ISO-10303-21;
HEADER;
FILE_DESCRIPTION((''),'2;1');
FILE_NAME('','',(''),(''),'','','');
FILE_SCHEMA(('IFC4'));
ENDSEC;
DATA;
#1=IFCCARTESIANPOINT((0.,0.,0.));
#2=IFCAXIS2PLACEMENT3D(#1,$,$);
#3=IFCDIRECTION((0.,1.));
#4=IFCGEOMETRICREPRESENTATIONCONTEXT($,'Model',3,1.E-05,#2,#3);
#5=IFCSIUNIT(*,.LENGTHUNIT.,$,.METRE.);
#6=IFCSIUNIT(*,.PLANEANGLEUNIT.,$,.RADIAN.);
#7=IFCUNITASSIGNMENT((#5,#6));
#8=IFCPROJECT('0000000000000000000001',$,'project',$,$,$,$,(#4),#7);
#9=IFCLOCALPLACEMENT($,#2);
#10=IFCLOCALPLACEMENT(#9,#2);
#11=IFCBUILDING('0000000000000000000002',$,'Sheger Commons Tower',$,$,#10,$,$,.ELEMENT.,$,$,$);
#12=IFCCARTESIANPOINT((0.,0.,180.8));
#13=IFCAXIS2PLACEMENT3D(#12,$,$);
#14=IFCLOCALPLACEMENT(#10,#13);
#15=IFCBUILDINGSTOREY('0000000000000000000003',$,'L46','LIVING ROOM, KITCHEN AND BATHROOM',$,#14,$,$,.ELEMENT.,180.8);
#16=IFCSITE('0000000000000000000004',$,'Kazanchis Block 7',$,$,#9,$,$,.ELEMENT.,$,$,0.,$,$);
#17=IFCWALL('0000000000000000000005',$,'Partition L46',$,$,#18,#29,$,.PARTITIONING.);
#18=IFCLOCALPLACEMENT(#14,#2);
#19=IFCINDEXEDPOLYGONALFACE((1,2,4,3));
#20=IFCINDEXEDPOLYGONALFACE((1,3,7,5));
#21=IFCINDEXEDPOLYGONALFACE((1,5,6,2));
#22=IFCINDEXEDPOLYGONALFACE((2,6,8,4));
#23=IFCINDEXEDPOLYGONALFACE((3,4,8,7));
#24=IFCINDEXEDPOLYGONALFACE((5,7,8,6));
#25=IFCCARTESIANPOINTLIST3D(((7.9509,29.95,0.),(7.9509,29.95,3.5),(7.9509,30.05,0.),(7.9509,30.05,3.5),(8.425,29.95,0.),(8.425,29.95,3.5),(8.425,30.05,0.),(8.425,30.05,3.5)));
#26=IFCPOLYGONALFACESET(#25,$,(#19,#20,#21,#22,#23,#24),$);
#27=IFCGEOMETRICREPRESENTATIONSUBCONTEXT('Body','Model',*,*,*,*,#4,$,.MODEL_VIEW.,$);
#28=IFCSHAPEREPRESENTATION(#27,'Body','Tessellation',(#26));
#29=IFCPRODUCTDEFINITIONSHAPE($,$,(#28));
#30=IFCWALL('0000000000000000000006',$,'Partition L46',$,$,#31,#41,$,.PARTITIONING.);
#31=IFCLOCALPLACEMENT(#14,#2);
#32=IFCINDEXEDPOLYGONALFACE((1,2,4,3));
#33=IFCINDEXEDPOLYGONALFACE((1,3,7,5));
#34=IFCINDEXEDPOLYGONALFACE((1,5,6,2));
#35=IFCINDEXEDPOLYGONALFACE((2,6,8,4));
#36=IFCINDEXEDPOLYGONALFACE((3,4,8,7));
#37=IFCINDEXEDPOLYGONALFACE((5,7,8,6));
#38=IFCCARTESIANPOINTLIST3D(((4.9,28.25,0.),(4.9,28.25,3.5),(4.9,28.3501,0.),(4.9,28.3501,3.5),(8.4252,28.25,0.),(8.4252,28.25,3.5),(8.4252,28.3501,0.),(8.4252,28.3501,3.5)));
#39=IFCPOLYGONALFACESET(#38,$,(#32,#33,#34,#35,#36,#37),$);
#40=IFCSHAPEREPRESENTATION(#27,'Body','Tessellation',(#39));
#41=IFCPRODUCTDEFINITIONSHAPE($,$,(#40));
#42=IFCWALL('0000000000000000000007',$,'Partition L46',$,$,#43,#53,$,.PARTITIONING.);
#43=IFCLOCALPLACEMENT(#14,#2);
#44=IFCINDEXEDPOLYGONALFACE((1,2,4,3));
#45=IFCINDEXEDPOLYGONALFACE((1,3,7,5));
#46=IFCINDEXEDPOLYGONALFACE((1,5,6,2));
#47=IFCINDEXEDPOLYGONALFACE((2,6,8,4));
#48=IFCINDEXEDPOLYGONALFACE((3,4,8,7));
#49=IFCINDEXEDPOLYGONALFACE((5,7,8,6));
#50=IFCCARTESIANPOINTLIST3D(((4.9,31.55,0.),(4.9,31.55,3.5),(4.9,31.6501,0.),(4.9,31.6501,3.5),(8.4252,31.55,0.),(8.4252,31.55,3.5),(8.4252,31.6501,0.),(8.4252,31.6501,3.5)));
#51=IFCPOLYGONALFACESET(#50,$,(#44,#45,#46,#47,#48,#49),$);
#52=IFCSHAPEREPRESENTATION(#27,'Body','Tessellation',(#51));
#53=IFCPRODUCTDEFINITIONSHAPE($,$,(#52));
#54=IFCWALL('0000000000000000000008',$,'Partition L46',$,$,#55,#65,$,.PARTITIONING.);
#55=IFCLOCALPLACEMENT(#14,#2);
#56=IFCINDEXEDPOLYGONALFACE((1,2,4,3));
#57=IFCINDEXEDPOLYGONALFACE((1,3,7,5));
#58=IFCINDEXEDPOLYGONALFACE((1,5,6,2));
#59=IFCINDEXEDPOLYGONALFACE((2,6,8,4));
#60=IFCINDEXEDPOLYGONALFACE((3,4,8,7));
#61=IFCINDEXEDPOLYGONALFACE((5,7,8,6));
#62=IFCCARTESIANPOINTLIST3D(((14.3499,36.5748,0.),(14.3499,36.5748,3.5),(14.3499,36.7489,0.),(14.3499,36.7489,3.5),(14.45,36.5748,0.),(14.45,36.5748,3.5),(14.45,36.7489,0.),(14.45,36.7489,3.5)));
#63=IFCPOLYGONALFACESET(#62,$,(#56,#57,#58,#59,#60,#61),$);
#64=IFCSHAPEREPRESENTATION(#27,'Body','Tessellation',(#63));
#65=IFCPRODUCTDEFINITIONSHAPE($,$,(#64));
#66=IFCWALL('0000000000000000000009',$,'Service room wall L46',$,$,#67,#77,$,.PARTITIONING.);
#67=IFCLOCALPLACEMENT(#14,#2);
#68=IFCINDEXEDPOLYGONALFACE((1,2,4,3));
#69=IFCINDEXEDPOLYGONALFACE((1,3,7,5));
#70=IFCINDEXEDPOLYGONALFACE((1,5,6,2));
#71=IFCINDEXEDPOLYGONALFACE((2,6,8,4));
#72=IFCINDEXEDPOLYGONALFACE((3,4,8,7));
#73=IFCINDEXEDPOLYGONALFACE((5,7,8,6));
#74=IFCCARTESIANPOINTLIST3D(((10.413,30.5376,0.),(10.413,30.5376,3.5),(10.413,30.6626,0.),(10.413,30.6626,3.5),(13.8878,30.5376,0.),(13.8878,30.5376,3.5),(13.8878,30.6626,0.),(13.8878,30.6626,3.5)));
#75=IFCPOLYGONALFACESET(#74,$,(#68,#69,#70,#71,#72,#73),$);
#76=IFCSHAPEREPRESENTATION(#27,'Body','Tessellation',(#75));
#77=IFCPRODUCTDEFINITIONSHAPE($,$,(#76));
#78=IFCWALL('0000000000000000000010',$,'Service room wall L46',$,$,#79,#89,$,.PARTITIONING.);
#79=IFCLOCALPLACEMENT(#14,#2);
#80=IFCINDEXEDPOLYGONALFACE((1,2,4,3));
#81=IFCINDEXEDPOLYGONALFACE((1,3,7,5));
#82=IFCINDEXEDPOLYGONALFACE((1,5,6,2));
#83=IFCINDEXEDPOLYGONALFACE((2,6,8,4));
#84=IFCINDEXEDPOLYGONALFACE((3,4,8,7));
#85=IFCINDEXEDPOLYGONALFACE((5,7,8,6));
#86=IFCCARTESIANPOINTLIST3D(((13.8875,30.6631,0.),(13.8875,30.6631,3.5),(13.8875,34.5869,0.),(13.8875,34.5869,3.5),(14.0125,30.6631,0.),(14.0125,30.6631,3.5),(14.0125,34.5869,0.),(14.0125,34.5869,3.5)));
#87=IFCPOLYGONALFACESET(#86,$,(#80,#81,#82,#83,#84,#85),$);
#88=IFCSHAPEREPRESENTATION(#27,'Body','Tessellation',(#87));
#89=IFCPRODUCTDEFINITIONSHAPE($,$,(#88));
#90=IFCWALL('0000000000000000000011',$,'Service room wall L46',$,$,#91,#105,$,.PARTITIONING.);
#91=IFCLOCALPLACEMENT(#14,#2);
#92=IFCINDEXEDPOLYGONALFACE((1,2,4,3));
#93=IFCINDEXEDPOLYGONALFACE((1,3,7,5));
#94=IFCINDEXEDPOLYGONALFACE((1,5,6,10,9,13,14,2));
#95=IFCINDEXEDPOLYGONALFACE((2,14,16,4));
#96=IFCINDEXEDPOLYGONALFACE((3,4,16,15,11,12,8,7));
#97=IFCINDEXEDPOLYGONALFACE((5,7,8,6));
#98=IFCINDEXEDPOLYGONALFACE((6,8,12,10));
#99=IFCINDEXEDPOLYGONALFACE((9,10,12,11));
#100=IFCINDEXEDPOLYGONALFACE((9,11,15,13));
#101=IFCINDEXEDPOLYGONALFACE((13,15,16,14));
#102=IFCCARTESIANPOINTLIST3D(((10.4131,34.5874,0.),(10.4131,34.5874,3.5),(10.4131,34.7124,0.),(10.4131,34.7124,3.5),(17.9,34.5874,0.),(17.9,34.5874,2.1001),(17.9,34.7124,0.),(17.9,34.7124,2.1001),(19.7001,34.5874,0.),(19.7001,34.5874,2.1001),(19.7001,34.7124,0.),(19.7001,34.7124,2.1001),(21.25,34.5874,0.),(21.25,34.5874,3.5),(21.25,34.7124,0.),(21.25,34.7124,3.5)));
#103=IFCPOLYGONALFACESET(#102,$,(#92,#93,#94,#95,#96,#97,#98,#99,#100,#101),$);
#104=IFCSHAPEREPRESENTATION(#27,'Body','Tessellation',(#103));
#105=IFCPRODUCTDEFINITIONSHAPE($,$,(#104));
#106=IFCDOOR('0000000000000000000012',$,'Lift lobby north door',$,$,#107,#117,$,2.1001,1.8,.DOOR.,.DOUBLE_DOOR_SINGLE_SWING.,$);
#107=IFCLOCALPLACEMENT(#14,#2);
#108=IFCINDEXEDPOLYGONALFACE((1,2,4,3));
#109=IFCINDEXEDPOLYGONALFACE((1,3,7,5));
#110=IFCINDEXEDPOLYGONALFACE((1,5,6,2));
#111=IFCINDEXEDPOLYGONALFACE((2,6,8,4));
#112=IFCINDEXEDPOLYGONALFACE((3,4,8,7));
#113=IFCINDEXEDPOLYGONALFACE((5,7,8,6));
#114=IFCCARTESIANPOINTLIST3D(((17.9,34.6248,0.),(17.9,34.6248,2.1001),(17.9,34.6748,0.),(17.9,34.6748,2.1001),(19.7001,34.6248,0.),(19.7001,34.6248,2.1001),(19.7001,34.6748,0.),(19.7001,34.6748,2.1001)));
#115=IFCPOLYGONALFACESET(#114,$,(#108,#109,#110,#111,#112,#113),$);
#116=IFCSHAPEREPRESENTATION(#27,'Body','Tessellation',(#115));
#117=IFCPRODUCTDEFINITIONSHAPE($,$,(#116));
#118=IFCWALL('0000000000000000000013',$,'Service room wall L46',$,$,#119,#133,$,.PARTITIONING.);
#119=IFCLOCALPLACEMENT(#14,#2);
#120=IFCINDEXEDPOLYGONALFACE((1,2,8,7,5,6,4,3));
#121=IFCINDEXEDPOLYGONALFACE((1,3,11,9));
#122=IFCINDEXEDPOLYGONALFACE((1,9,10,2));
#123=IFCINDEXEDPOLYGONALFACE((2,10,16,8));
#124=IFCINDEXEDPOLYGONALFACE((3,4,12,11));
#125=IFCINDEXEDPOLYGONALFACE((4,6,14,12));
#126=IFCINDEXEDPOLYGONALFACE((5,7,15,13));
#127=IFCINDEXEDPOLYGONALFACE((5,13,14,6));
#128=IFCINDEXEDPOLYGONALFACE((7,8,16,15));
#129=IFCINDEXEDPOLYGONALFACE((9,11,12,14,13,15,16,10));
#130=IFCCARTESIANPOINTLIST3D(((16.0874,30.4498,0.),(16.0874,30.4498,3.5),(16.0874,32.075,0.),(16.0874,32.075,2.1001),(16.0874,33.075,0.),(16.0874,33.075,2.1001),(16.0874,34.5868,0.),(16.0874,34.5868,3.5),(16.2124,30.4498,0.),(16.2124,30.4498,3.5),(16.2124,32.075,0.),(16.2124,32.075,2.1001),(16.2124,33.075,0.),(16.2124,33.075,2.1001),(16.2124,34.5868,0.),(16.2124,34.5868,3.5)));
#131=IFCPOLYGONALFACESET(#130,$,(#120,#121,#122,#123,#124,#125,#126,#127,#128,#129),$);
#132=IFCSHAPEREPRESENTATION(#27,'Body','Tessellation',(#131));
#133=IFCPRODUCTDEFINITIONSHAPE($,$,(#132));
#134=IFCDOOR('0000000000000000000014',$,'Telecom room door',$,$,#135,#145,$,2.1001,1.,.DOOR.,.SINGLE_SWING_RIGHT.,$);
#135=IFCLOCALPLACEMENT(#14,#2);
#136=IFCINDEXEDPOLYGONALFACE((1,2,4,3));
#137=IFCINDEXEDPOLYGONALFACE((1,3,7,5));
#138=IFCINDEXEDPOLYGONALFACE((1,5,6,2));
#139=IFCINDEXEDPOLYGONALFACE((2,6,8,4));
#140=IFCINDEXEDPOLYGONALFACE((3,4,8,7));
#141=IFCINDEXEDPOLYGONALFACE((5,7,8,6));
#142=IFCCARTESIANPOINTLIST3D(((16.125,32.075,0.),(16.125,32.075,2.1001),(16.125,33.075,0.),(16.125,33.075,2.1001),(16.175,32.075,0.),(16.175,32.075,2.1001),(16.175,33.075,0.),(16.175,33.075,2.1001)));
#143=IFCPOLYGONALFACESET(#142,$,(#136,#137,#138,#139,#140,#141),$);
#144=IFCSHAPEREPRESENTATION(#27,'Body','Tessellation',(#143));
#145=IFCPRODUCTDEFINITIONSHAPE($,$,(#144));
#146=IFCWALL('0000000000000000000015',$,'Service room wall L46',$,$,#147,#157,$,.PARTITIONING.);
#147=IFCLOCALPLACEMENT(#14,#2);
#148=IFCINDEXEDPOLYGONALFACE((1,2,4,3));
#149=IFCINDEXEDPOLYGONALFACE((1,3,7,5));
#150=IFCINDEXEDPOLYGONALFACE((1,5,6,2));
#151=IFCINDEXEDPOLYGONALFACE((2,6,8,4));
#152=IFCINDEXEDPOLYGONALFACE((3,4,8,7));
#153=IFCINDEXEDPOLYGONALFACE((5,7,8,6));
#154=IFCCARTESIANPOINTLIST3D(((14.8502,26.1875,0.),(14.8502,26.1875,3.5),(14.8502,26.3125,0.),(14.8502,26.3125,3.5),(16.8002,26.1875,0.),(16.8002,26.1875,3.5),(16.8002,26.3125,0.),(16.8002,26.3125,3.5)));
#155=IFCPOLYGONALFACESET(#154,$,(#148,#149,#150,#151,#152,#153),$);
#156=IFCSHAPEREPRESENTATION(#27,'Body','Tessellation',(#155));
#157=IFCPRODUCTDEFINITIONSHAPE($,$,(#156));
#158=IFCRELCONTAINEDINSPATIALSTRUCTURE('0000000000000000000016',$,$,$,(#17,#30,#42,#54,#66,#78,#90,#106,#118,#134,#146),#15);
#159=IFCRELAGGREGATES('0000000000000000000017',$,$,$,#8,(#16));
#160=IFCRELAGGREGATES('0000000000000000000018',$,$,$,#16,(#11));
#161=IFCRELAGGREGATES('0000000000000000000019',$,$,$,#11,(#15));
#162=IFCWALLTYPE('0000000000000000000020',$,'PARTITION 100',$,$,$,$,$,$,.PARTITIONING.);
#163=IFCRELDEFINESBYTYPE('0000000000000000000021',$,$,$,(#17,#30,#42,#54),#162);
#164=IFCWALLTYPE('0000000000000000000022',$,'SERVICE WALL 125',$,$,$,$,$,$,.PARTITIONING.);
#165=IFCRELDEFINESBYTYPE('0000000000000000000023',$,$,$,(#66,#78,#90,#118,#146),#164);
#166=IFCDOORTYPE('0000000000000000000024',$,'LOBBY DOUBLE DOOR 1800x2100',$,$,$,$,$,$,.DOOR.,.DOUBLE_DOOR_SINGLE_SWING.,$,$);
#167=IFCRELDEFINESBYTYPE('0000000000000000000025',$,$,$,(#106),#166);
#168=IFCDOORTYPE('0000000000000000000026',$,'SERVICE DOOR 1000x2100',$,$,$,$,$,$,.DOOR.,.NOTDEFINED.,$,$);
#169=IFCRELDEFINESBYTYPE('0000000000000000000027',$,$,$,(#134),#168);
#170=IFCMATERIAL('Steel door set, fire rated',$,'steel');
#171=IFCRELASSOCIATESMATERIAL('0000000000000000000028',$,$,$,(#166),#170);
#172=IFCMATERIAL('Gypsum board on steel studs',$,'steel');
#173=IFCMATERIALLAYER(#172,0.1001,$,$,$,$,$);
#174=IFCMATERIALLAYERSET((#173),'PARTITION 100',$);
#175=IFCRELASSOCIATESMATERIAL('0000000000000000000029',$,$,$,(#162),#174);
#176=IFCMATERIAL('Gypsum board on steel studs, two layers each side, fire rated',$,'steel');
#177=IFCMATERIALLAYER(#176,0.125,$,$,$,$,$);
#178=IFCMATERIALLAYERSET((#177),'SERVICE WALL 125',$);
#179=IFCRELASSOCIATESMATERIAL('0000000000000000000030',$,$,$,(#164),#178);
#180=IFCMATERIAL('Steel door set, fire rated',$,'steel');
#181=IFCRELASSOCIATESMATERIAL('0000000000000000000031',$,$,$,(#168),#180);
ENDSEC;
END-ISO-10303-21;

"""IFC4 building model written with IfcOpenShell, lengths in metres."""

from ifc_helpers import new_model, si_unit, direction, frame, frame_2d, origin, place, context, subcontext, project, spatial, rectangle, extrude, material, layer, layer_set, type_object, element, fill, save


model = new_model("IFC4")

# Units and contexts
model_context = context("Model", 3, precision=1e-05, world=origin(), true_north=direction((0.0, 1.0)))
body_context = subcontext(model_context, "Body", "Model", "MODEL_VIEW")
ifc_project = project(units=[si_unit("LENGTHUNIT", "METRE"), si_unit("PLANEANGLEUNIT", "RADIAN")], contexts=[model_context])

# Site, building, storey
site_placement = place(None, origin())
site = spatial("IfcSite", under=ifc_project, at=site_placement, Name="Kazanchis Block 7", CompositionType="ELEMENT", RefElevation=0.0)
building_placement = place(site_placement, origin())
building = spatial("IfcBuilding", under=site, at=building_placement, Name="Sheger Commons Tower", CompositionType="ELEMENT")
storey_placement = place(building_placement, frame((0.0, 0.0, 180.8)))
storey = spatial("IfcBuildingStorey", under=building, at=storey_placement, Name="L46", Description="LIVING ROOM, KITCHEN AND BATHROOM", CompositionType="ELEMENT", Elevation=180.8)

# Shared definitions
ifc_material_1 = material(Name="Steel door set, fire rated", Category="steel")
door_type_1 = type_object("IfcDoorType", Name="LOBBY DOUBLE DOOR 1800x2100", OperationType="DOUBLE_DOOR_SINGLE_SWING", PredefinedType="DOOR", material=ifc_material_1)

# Walls
ifc_material_2 = material(Name="Gypsum board on steel studs", Category="steel")
ifc_layer_1 = layer(ifc_material_2, 0.1001)
ifc_layer_set_1 = layer_set([ifc_layer_1], Name="PARTITION 100")
wall_type_1 = type_object("IfcWallType", Name="PARTITION 100", PredefinedType="PARTITIONING", material=ifc_layer_set_1)
wall_1_placement = place(storey_placement, frame((7.9509, 30.0, 0.0), z_axis=(0.0, 0.0, 1.0), x_axis=(1.0, 0.0, 0.0)))
element("IfcWall", 1, at=wall_1_placement, inside=storey, type_object=wall_type_1, Name="Partition L46", PredefinedType="PARTITIONING", context=body_context, shape_type="SweptSolid", body=[
    extrude(rectangle(XDim=0.4741, YDim=0.1001, at=frame_2d((0.2371, 0.0))), origin(), (0.0, 0.0, 1.0), 3.5),
])
for number, where, z_axis, x_axis, name in (
    (2, (4.8999, 28.3, 0.0), (0.0, 0.0, 1.0), (1.0, 0.0, 0.0), "Partition L46"),
    (3, (4.8999, 31.6001, 0.0), (0.0, 0.0, 1.0), (1.0, 0.0, 0.0), "Partition L46"),
):
    element("IfcWall", number, at=place(storey_placement, frame(where, z_axis=z_axis, x_axis=x_axis)), inside=storey, type_object=wall_type_1, Name=name, PredefinedType="PARTITIONING", context=body_context, shape_type="SweptSolid", body=[
        extrude(rectangle(XDim=3.5251, YDim=0.1001, at=frame_2d((1.7627, 0.0))), origin(), (0.0, 0.0, 1.0), 3.5),
    ])
wall_2_placement = place(storey_placement, frame((14.3999, 36.575, 0.0), z_axis=(0.0, 0.0, 1.0), x_axis=(0.0, 1.0, 0.0)))
element("IfcWall", 4, at=wall_2_placement, inside=storey, type_object=wall_type_1, Name="Partition L46", PredefinedType="PARTITIONING", context=body_context, shape_type="SweptSolid", body=[
    extrude(rectangle(XDim=0.1741, YDim=0.1001, at=frame_2d((0.0869, 0.0))), origin(), (0.0, 0.0, 1.0), 3.5),
])
ifc_material_3 = material(Name="Gypsum board on steel studs, two layers each side, fire rated", Category="steel")
ifc_layer_2 = layer(ifc_material_3, 0.125)
ifc_layer_set_2 = layer_set([ifc_layer_2], Name="SERVICE WALL 125")
wall_type_2 = type_object("IfcWallType", Name="SERVICE WALL 125", PredefinedType="PARTITIONING", material=ifc_layer_set_2)
wall_3_placement = place(storey_placement, frame((10.4131, 30.6001, 0.0), z_axis=(0.0, 0.0, 1.0), x_axis=(1.0, 0.0, 0.0)))
element("IfcWall", 5, at=wall_3_placement, inside=storey, type_object=wall_type_2, Name="Service room wall L46", PredefinedType="PARTITIONING", context=body_context, shape_type="SweptSolid", body=[
    extrude(rectangle(XDim=3.4749, YDim=0.125, at=frame_2d((1.7373, 0.0))), origin(), (0.0, 0.0, 1.0), 3.5),
])
wall_4_placement = place(storey_placement, frame((13.95, 30.6631, 0.0), z_axis=(0.0, 0.0, 1.0), x_axis=(0.0, 1.0, 0.0)))
element("IfcWall", 6, at=wall_4_placement, inside=storey, type_object=wall_type_2, Name="Service room wall L46", PredefinedType="PARTITIONING", context=body_context, shape_type="SweptSolid", body=[
    extrude(rectangle(XDim=3.9238, YDim=0.125, at=frame_2d((1.9619, 0.0))), origin(), (0.0, 0.0, 1.0), 3.5),
])

# Walls, openings, doors
wall_5_placement = place(storey_placement, frame((10.4131, 34.6499, 0.0), z_axis=(0.0, 0.0, 1.0), x_axis=(1.0, 0.0, 0.0)))
wall_5 = element("IfcWall", 7, at=wall_5_placement, inside=storey, type_object=wall_type_2, Name="Service room wall L46", PredefinedType="PARTITIONING", context=body_context, shape_type="SweptSolid", body=[
    extrude(rectangle(XDim=10.8369, YDim=0.125, at=frame_2d((5.4185, 0.0))), origin(), (0.0, 0.0, 1.0), 3.5),
])
opening_1_placement = place(wall_5_placement, frame((7.4871, 0.0, 0.0)))
opening_1 = element("IfcOpeningElement", 8, at=opening_1_placement, cuts=wall_5, PredefinedType="OPENING", context=body_context, shape_type="SweptSolid", body=[
    extrude(rectangle(XDim=1.8, YDim=2.1001, at=frame_2d((0.8999, 1.05))), frame((0.0, 0.0725, 0.0), z_axis=(0.0, -1.0, 0.0), x_axis=(1.0, 0.0, 0.0)), (0.0, 0.0, 1.0), 0.145),
])
door_1_placement = place(opening_1_placement, origin())
door_1 = element("IfcDoor", 9, at=door_1_placement, inside=storey, type_object=door_type_1, Name="Lift lobby north door", OperationType="DOUBLE_DOOR_SINGLE_SWING", OverallHeight=2.1001, OverallWidth=1.8, PredefinedType="DOOR", context=body_context, shape_type="SweptSolid", body=[
    extrude(rectangle(XDim=1.8, YDim=2.1001, at=frame_2d((0.8999, 1.05))), frame((0.0, 0.0249, 0.0), z_axis=(0.0, -1.0, 0.0), x_axis=(1.0, 0.0, 0.0)), (0.0, 0.0, 1.0), 0.05),
])
fill(opening_1, door_1)
wall_6_placement = place(storey_placement, frame((16.1499, 30.45, 0.0), z_axis=(0.0, 0.0, 1.0), x_axis=(0.0, 1.0, 0.0)))
wall_6 = element("IfcWall", 10, at=wall_6_placement, inside=storey, type_object=wall_type_2, Name="Service room wall L46", PredefinedType="PARTITIONING", context=body_context, shape_type="SweptSolid", body=[
    extrude(rectangle(XDim=4.137, YDim=0.125, at=frame_2d((2.0684, 0.0))), origin(), (0.0, 0.0, 1.0), 3.5),
])
opening_2_placement = place(wall_6_placement, frame((1.625, 0.0, 0.0)))
opening_2 = element("IfcOpeningElement", 11, at=opening_2_placement, cuts=wall_6, PredefinedType="OPENING", context=body_context, shape_type="SweptSolid", body=[
    extrude(rectangle(XDim=1.0, YDim=2.1001, at=frame_2d((0.5, 1.05))), frame((0.0, 0.0725, 0.0), z_axis=(0.0, -1.0, 0.0), x_axis=(1.0, 0.0, 0.0)), (0.0, 0.0, 1.0), 0.145),
])
ifc_material_4 = material(Name="Steel door set, fire rated", Category="steel")
door_type_2 = type_object("IfcDoorType", Name="SERVICE DOOR 1000x2100", OperationType="NOTDEFINED", PredefinedType="DOOR", material=ifc_material_4)
door_2_placement = place(opening_2_placement, origin())
door_2 = element("IfcDoor", 12, at=door_2_placement, inside=storey, type_object=door_type_2, Name="Telecom room door", OperationType="SINGLE_SWING_RIGHT", OverallHeight=2.1001, OverallWidth=1.0, PredefinedType="DOOR", context=body_context, shape_type="SweptSolid", body=[
    extrude(rectangle(XDim=1.0, YDim=2.1001, at=frame_2d((0.5, 1.05))), frame((0.0, 0.0249, 0.0), z_axis=(0.0, -1.0, 0.0), x_axis=(1.0, 0.0, 0.0)), (0.0, 0.0, 1.0), 0.05),
])
fill(opening_2, door_2)

# Wall
wall_7_placement = place(storey_placement, frame((14.8501, 26.25, 0.0), z_axis=(0.0, 0.0, 1.0), x_axis=(1.0, 0.0, 0.0)))
element("IfcWall", 13, at=wall_7_placement, inside=storey, type_object=wall_type_2, Name="Service room wall L46", PredefinedType="PARTITIONING", context=body_context, shape_type="SweptSolid", body=[
    extrude(rectangle(XDim=1.95, YDim=0.125, at=frame_2d((0.9751, 0.0))), origin(), (0.0, 0.0, 1.0), 3.5),
])

save(model, "model.ifc")
